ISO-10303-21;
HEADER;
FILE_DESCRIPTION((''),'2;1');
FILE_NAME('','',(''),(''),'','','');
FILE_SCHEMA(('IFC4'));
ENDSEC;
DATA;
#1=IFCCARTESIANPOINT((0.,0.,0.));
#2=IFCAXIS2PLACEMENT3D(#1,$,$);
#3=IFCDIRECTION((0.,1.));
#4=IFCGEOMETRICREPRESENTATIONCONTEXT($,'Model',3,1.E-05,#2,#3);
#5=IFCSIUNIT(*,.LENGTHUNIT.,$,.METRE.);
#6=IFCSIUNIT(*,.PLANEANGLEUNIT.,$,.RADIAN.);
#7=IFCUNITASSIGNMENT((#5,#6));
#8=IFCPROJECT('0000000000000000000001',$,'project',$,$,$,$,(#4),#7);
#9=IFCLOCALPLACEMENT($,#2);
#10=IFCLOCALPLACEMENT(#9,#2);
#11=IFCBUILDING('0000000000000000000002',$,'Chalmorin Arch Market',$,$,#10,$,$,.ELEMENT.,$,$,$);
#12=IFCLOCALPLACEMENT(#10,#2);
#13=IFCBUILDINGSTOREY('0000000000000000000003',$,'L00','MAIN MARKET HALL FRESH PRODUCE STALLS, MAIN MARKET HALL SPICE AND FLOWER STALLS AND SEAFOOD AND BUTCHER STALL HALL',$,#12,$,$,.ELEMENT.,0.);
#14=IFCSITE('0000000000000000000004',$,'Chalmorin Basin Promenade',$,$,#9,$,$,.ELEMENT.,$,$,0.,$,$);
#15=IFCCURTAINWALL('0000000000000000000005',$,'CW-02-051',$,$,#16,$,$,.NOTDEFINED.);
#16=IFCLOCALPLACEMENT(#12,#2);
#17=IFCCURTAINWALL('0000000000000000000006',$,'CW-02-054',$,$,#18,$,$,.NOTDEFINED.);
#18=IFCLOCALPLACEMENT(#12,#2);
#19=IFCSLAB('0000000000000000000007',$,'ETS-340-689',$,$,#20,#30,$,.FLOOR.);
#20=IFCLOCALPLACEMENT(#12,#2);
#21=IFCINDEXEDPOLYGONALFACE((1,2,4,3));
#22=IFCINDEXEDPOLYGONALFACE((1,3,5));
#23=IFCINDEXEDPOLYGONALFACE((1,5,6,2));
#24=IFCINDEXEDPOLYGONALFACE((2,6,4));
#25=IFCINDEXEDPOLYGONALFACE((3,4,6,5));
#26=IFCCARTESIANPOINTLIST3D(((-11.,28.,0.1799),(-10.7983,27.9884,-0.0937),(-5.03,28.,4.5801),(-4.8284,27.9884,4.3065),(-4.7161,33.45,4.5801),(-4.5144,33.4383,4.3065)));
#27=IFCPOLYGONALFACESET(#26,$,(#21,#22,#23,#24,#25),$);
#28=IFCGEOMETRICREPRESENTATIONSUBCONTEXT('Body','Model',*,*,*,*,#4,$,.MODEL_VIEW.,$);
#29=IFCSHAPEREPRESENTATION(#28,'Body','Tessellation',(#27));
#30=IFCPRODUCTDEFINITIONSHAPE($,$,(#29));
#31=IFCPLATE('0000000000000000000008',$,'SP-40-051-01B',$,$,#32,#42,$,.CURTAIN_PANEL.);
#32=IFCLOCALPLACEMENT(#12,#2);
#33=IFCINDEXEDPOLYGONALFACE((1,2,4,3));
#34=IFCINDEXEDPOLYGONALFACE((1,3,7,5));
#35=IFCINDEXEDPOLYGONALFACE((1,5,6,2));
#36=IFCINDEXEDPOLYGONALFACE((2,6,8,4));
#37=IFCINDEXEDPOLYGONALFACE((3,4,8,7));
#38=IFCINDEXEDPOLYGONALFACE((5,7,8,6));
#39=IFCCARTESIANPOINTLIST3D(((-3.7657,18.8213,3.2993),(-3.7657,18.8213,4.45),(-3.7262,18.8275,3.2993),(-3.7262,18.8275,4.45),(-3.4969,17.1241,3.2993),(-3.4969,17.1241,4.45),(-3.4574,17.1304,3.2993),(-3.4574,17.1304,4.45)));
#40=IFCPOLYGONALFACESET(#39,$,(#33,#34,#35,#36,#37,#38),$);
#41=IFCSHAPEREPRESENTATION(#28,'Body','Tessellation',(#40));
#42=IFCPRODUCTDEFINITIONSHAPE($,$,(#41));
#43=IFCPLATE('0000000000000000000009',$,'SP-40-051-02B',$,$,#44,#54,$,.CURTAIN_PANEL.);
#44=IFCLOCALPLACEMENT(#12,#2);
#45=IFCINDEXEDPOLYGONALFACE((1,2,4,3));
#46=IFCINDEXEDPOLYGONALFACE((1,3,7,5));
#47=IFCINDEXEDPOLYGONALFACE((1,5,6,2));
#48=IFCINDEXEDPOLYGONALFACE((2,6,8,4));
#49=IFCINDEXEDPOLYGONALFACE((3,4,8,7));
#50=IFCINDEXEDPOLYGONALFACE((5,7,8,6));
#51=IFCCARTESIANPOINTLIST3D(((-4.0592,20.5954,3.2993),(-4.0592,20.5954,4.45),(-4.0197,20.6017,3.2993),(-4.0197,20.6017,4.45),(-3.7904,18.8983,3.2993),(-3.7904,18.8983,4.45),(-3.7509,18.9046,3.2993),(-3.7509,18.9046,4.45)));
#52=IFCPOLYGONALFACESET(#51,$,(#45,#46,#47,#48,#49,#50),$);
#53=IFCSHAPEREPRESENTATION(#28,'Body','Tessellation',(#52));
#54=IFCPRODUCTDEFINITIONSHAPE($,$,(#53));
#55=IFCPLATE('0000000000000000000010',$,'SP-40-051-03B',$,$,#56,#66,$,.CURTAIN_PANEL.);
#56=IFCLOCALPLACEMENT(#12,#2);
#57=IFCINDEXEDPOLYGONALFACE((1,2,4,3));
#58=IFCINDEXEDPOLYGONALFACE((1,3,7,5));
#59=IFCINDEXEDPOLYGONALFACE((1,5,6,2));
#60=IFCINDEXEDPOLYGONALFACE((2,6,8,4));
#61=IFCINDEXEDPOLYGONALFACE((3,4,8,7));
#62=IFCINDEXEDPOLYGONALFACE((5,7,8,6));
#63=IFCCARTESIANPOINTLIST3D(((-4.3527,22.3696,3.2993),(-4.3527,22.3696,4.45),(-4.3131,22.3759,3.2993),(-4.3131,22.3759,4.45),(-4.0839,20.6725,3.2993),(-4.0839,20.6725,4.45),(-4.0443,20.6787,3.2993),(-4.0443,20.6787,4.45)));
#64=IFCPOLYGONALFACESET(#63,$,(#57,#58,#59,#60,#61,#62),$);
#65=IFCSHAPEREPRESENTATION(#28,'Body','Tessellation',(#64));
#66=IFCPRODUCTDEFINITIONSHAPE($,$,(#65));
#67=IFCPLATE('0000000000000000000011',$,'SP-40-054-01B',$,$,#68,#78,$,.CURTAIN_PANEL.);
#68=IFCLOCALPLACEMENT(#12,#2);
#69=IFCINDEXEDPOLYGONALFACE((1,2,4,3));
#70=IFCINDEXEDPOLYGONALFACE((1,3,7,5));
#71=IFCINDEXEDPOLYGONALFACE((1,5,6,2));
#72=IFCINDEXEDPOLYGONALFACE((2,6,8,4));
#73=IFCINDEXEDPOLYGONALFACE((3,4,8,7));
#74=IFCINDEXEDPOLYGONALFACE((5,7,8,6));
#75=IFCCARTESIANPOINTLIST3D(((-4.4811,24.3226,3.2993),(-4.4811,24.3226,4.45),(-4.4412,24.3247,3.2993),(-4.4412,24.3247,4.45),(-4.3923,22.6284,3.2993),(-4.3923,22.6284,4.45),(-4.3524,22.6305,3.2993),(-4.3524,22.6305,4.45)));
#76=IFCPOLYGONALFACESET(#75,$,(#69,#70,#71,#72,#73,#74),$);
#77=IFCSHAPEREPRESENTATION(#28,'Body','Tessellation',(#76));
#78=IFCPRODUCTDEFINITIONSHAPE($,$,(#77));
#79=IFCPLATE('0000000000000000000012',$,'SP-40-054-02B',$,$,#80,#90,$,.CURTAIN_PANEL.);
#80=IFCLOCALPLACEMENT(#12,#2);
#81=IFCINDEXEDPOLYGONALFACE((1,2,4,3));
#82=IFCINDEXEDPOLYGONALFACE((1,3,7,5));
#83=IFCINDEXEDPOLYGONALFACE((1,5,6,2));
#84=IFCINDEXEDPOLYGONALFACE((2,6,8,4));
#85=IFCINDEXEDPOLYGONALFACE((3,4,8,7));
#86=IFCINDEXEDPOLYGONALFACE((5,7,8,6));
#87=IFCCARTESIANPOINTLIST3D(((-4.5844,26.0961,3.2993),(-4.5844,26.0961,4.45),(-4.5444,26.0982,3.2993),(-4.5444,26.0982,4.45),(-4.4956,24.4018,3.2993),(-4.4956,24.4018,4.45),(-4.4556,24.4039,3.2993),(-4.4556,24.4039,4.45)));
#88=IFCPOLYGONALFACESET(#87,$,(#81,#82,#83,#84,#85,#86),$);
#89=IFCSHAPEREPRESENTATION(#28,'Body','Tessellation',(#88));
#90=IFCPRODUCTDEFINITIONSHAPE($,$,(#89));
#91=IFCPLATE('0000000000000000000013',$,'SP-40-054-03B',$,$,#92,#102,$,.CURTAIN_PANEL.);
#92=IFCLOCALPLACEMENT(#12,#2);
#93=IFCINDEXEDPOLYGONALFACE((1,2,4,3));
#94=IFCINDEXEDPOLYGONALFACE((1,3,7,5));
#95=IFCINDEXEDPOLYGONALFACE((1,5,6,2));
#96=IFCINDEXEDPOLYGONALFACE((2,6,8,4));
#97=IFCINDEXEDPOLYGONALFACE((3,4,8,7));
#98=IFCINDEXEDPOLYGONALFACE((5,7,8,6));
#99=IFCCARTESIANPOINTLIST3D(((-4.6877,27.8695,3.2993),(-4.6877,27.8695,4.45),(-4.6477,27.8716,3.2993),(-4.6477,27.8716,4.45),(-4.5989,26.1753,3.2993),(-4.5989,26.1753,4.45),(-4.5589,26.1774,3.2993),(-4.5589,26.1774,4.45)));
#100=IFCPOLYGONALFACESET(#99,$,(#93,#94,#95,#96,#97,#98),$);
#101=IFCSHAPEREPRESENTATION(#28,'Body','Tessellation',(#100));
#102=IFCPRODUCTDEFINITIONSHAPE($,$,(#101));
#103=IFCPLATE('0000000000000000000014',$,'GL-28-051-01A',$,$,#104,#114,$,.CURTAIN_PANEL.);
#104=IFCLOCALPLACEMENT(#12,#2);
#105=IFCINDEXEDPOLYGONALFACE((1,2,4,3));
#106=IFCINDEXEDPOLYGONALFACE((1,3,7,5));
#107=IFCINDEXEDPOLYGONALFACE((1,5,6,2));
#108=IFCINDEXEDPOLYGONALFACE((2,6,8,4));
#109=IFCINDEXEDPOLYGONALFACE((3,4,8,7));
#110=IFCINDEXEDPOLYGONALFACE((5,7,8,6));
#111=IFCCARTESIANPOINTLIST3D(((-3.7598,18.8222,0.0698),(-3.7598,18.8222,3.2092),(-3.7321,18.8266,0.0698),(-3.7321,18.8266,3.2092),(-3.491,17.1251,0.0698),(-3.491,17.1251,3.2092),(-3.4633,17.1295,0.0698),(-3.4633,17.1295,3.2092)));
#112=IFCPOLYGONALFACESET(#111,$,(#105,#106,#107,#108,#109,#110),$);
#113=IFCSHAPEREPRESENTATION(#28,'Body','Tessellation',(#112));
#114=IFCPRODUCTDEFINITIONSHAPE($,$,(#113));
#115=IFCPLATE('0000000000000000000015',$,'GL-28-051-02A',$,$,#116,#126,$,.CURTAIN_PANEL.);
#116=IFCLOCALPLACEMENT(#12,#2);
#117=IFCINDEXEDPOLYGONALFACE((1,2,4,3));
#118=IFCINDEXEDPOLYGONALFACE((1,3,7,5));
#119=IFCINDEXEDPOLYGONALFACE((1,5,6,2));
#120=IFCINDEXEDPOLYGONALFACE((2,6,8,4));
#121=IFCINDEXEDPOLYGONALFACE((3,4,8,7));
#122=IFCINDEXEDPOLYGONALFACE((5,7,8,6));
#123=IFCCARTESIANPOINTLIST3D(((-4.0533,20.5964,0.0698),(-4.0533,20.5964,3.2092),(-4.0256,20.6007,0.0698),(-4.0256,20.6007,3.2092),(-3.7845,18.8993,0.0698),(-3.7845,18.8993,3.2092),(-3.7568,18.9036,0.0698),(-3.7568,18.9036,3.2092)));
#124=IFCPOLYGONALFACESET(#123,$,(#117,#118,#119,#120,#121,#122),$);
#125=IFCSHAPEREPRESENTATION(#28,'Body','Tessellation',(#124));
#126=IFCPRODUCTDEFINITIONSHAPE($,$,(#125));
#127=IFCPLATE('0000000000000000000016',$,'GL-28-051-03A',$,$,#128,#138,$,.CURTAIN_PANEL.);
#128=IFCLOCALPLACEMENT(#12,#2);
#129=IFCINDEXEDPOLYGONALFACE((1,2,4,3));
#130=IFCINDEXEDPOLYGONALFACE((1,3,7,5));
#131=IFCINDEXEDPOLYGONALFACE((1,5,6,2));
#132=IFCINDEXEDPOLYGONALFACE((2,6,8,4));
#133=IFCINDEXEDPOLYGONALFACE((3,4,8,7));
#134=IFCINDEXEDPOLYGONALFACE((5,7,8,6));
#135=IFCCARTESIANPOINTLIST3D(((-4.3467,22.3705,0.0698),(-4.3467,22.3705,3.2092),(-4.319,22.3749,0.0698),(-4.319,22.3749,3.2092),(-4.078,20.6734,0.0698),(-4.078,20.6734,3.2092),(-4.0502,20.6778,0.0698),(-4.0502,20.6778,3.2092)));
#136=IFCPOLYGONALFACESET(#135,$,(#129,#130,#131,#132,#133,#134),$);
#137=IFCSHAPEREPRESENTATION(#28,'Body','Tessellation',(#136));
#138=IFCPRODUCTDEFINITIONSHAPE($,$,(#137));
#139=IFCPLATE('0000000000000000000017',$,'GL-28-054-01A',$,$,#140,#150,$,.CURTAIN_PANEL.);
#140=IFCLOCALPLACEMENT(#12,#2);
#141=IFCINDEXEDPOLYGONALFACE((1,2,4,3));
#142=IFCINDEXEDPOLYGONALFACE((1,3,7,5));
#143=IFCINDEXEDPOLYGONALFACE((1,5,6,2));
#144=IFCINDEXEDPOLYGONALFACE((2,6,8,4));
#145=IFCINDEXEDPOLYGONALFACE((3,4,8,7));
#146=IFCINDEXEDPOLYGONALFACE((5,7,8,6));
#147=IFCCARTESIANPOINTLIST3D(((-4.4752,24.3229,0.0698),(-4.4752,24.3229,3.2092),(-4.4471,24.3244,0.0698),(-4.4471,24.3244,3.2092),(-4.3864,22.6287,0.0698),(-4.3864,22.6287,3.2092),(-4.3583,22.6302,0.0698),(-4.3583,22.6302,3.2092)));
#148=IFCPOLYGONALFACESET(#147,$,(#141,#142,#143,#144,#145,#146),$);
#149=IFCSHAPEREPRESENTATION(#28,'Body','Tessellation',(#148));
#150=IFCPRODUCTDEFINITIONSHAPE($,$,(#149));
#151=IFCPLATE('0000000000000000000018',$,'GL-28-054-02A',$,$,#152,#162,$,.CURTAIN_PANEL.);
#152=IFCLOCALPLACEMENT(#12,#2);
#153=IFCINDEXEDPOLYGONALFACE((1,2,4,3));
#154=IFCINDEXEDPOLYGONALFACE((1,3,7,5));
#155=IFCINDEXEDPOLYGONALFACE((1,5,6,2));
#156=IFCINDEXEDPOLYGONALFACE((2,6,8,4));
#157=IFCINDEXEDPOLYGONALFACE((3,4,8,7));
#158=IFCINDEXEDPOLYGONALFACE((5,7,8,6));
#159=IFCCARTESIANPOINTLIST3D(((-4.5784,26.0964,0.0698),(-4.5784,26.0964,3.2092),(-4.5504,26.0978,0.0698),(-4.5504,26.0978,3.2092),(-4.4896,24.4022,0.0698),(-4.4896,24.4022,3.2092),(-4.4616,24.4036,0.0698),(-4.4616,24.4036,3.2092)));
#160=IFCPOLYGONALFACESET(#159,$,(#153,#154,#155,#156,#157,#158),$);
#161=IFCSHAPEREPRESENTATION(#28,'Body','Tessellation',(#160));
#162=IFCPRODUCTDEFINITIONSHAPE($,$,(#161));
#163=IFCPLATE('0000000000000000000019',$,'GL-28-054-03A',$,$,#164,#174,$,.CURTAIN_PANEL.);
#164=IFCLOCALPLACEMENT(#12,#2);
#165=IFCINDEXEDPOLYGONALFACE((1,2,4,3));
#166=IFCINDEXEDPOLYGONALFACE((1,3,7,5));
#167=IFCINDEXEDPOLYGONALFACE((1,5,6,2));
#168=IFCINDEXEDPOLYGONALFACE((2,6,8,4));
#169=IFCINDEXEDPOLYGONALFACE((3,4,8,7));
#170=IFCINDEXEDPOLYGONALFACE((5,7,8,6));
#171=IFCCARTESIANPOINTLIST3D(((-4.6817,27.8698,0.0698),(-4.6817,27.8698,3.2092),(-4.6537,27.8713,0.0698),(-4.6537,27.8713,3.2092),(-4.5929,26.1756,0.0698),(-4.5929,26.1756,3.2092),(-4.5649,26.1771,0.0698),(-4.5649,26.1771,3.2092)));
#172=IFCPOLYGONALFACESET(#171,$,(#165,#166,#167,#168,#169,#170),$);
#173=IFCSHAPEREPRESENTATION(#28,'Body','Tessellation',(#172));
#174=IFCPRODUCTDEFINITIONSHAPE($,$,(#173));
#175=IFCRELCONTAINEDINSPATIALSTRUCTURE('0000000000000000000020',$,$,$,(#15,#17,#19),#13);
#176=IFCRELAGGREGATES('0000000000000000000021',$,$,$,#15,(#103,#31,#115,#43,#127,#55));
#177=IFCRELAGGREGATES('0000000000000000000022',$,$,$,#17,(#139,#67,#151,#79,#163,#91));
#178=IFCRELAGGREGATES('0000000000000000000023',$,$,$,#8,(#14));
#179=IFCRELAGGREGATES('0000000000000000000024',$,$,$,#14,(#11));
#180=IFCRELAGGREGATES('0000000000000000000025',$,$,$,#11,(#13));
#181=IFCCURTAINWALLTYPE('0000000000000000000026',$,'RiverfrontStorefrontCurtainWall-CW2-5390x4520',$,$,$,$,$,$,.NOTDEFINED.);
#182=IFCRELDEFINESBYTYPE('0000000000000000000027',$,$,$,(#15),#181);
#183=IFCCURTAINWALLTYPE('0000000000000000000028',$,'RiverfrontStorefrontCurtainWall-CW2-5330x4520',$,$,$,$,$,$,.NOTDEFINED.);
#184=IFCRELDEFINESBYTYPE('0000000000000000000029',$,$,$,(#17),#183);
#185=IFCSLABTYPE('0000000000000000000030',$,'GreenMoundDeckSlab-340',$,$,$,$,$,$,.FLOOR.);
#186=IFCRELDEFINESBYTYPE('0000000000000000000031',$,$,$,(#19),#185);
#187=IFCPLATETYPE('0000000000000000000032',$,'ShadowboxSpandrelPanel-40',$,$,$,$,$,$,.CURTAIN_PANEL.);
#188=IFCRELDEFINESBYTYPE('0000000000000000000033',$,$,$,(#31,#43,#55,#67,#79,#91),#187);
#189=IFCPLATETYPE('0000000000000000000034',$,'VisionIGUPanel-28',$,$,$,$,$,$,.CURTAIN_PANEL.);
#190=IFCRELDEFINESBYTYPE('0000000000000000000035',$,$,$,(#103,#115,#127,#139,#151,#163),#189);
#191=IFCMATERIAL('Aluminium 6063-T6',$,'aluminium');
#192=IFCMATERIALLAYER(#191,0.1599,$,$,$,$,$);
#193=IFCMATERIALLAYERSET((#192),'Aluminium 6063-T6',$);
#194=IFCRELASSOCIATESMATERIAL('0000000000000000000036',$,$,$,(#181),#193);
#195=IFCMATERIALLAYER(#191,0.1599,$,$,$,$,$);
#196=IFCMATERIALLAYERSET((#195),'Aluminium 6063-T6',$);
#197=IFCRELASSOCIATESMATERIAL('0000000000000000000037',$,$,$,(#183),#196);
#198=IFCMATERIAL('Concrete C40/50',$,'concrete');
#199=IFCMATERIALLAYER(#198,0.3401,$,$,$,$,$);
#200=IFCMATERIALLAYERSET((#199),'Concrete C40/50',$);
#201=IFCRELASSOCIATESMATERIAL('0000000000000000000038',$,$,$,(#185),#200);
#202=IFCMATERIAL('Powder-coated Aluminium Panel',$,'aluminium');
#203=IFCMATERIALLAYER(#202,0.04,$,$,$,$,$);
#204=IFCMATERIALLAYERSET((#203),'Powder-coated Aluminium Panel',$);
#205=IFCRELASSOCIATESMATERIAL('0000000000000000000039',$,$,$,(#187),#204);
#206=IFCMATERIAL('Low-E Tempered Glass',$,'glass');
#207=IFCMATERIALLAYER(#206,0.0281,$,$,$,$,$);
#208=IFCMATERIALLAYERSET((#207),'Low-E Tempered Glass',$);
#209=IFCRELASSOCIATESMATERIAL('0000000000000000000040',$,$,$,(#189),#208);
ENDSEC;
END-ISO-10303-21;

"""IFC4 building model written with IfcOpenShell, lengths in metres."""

from ifc_helpers import new_model, si_unit, direction, frame, origin, origin_2d, place, context, subcontext, project, spatial, polyline, rectangle, outline, extrude, material, layer, layer_set, type_object, element, aggregate, save


model = new_model("IFC4")

# Units and contexts
model_context = context("Model", 3, precision=1e-05, world=origin(), true_north=direction((0.0, 1.0)))
body_context = subcontext(model_context, "Body", "Model", "MODEL_VIEW")
ifc_project = project(units=[si_unit("LENGTHUNIT", "METRE"), si_unit("PLANEANGLEUNIT", "RADIAN")], contexts=[model_context])

# Site, building, storey
site_placement = place(None, origin())
site = spatial("IfcSite", under=ifc_project, at=site_placement, Name="Chalmorin Basin Promenade", CompositionType="ELEMENT", RefElevation=0.0)
building_placement = place(site_placement, origin())
building = spatial("IfcBuilding", under=site, at=building_placement, Name="Chalmorin Arch Market", CompositionType="ELEMENT")
storey_placement = place(building_placement, origin())
storey = spatial("IfcBuildingStorey", under=building, at=storey_placement, Name="L00", Description="MAIN MARKET HALL FRESH PRODUCE STALLS, MAIN MARKET HALL SPICE AND FLOWER STALLS AND SEAFOOD AND BUTCHER STALL HALL", CompositionType="ELEMENT", Elevation=0.0)

# Curtain walls
ifc_material_1 = material(Name="Aluminium 6063-T6", Category="aluminium")
ifc_layer_1 = layer(ifc_material_1, 0.1599)
ifc_layer_set_1 = layer_set([ifc_layer_1], Name="Aluminium 6063-T6")
curtain_wall_type_1 = type_object("IfcCurtainWallType", Name="RiverfrontStorefrontCurtainWall-CW2-5390x4520", PredefinedType="NOTDEFINED", material=ifc_layer_set_1)
curtain_wall_1_placement = place(storey_placement, origin())
curtain_wall_1 = element("IfcCurtainWall", 1, at=curtain_wall_1_placement, inside=storey, type_object=curtain_wall_type_1, Name="CW-02-051", PredefinedType="NOTDEFINED")
ifc_layer_2 = layer(ifc_material_1, 0.1599)
ifc_layer_set_2 = layer_set([ifc_layer_2], Name="Aluminium 6063-T6")
curtain_wall_type_2 = type_object("IfcCurtainWallType", Name="RiverfrontStorefrontCurtainWall-CW2-5330x4520", PredefinedType="NOTDEFINED", material=ifc_layer_set_2)
curtain_wall_2_placement = place(storey_placement, origin())
curtain_wall_2 = element("IfcCurtainWall", 2, at=curtain_wall_2_placement, inside=storey, type_object=curtain_wall_type_2, Name="CW-02-054", PredefinedType="NOTDEFINED")

# Slab
ifc_material_2 = material(Name="Concrete C40/50", Category="concrete")
ifc_layer_3 = layer(ifc_material_2, 0.3401)
ifc_layer_set_3 = layer_set([ifc_layer_3], Name="Concrete C40/50")
slab_type = type_object("IfcSlabType", Name="GreenMoundDeckSlab-340", PredefinedType="FLOOR", material=ifc_layer_set_3)
slab_1_placement = place(storey_placement, frame((-5.03, 28.0, 4.5801), z_axis=(-0.592959, 0.03416, 0.804507), x_axis=(0.057513, 0.998345, 0.0)))
element("IfcSlab", 3, at=slab_1_placement, inside=storey, type_object=slab_type, Name="ETS-340-689", PredefinedType="FLOOR", context=body_context, shape_type="SweptSolid", body=[
    extrude(outline(polyline([(0.0, 0.0), (5.459, 0.0), (-0.3434, 7.4084), (0.0, 0.0)])), origin(), (0.0, 0.0, -1.0), 0.3401),
])

# Plates
ifc_material_3 = material(Name="Powder-coated Aluminium Panel", Category="aluminium")
ifc_layer_4 = layer(ifc_material_3, 0.04)
ifc_layer_set_4 = layer_set([ifc_layer_4], Name="Powder-coated Aluminium Panel")
plate_type_1 = type_object("IfcPlateType", Name="ShadowboxSpandrelPanel-40", PredefinedType="CURTAIN_PANEL", material=ifc_layer_set_4)
plate_1_placement = place(storey_placement, frame((-3.6116, 17.9758, 3.2993), z_axis=(0.0, 0.0, 1.0), x_axis=(-0.156434, 0.987688, 0.0)))
plate_1 = element("IfcPlate", 4, at=plate_1_placement, type_object=plate_type_1, Name="SP-40-051-01B", PredefinedType="CURTAIN_PANEL", context=body_context, shape_type="SweptSolid", body=[
    extrude(rectangle(XDim=1.7183, YDim=0.04, at=origin_2d()), origin(), (0.0, 0.0, 1.0), 1.1506),
])
plate_2_placement = place(storey_placement, frame((-3.905, 19.75, 3.2993), z_axis=(0.0, 0.0, 1.0), x_axis=(-0.156434, 0.987688, 0.0)))
plate_2 = element("IfcPlate", 5, at=plate_2_placement, type_object=plate_type_1, Name="SP-40-051-02B", PredefinedType="CURTAIN_PANEL", context=body_context, shape_type="SweptSolid", body=[
    extrude(rectangle(XDim=1.7183, YDim=0.04, at=origin_2d()), origin(), (0.0, 0.0, 1.0), 1.1506),
])
plate_3_placement = place(storey_placement, frame((-4.1985, 21.5242, 3.2993), z_axis=(0.0, 0.0, 1.0), x_axis=(-0.156434, 0.987688, 0.0)))
plate_3 = element("IfcPlate", 6, at=plate_3_placement, type_object=plate_type_1, Name="SP-40-051-03B", PredefinedType="CURTAIN_PANEL", context=body_context, shape_type="SweptSolid", body=[
    extrude(rectangle(XDim=1.7183, YDim=0.04, at=origin_2d()), origin(), (0.0, 0.0, 1.0), 1.1506),
])
plate_4_placement = place(storey_placement, frame((-4.4167, 23.4766, 3.2993), z_axis=(0.0, 0.0, 1.0), x_axis=(-0.052336, 0.99863, 0.0)))
plate_4 = element("IfcPlate", 7, at=plate_4_placement, type_object=plate_type_1, Name="SP-40-054-01B", PredefinedType="CURTAIN_PANEL", context=body_context, shape_type="SweptSolid", body=[
    extrude(rectangle(XDim=1.6965, YDim=0.04, at=origin_2d()), origin(), (0.0, 0.0, 1.0), 1.1506),
])
plate_5_placement = place(storey_placement, frame((-4.52, 25.25, 3.2993), z_axis=(0.0, 0.0, 1.0), x_axis=(-0.052336, 0.99863, 0.0)))
plate_5 = element("IfcPlate", 8, at=plate_5_placement, type_object=plate_type_1, Name="SP-40-054-02B", PredefinedType="CURTAIN_PANEL", context=body_context, shape_type="SweptSolid", body=[
    extrude(rectangle(XDim=1.6965, YDim=0.04, at=origin_2d()), origin(), (0.0, 0.0, 1.0), 1.1506),
])
plate_6_placement = place(storey_placement, frame((-4.6233, 27.0234, 3.2993), z_axis=(0.0, 0.0, 1.0), x_axis=(-0.052336, 0.99863, 0.0)))
plate_6 = element("IfcPlate", 9, at=plate_6_placement, type_object=plate_type_1, Name="SP-40-054-03B", PredefinedType="CURTAIN_PANEL", context=body_context, shape_type="SweptSolid", body=[
    extrude(rectangle(XDim=1.6965, YDim=0.04, at=origin_2d()), origin(), (0.0, 0.0, 1.0), 1.1506),
])
ifc_material_4 = material(Name="Low-E Tempered Glass", Category="glass")
ifc_layer_5 = layer(ifc_material_4, 0.0281)
ifc_layer_set_5 = layer_set([ifc_layer_5], Name="Low-E Tempered Glass")
plate_type_2 = type_object("IfcPlateType", Name="VisionIGUPanel-28", PredefinedType="CURTAIN_PANEL", material=ifc_layer_set_5)
plate_7_placement = place(storey_placement, frame((-3.6116, 17.9758, 0.0698), z_axis=(0.0, 0.0, 1.0), x_axis=(-0.156434, 0.987688, 0.0)))
plate_7 = element("IfcPlate", 10, at=plate_7_placement, type_object=plate_type_2, Name="GL-28-051-01A", PredefinedType="CURTAIN_PANEL", context=body_context, shape_type="SweptSolid", body=[
    extrude(rectangle(XDim=1.7183, YDim=0.0281, at=origin_2d()), origin(), (0.0, 0.0, 1.0), 3.1394),
])
plate_8_placement = place(storey_placement, frame((-3.905, 19.75, 0.0698), z_axis=(0.0, 0.0, 1.0), x_axis=(-0.156434, 0.987688, 0.0)))
plate_8 = element("IfcPlate", 11, at=plate_8_placement, type_object=plate_type_2, Name="GL-28-051-02A", PredefinedType="CURTAIN_PANEL", context=body_context, shape_type="SweptSolid", body=[
    extrude(rectangle(XDim=1.7183, YDim=0.0281, at=origin_2d()), origin(), (0.0, 0.0, 1.0), 3.1394),
])
plate_9_placement = place(storey_placement, frame((-4.1985, 21.5242, 0.0698), z_axis=(0.0, 0.0, 1.0), x_axis=(-0.156434, 0.987688, 0.0)))
plate_9 = element("IfcPlate", 12, at=plate_9_placement, type_object=plate_type_2, Name="GL-28-051-03A", PredefinedType="CURTAIN_PANEL", context=body_context, shape_type="SweptSolid", body=[
    extrude(rectangle(XDim=1.7183, YDim=0.0281, at=origin_2d()), origin(), (0.0, 0.0, 1.0), 3.1394),
])
aggregate(curtain_wall_1, [plate_7, plate_1, plate_8, plate_2, plate_9, plate_3])
plate_10_placement = place(storey_placement, frame((-4.4167, 23.4766, 0.0698), z_axis=(0.0, 0.0, 1.0), x_axis=(-0.052336, 0.99863, 0.0)))
plate_10 = element("IfcPlate", 13, at=plate_10_placement, type_object=plate_type_2, Name="GL-28-054-01A", PredefinedType="CURTAIN_PANEL", context=body_context, shape_type="SweptSolid", body=[
    extrude(rectangle(XDim=1.6965, YDim=0.0281, at=origin_2d()), origin(), (0.0, 0.0, 1.0), 3.1394),
])
plate_11_placement = place(storey_placement, frame((-4.52, 25.25, 0.0698), z_axis=(0.0, 0.0, 1.0), x_axis=(-0.052336, 0.99863, 0.0)))
plate_11 = element("IfcPlate", 14, at=plate_11_placement, type_object=plate_type_2, Name="GL-28-054-02A", PredefinedType="CURTAIN_PANEL", context=body_context, shape_type="SweptSolid", body=[
    extrude(rectangle(XDim=1.6965, YDim=0.0281, at=origin_2d()), origin(), (0.0, 0.0, 1.0), 3.1394),
])
plate_12_placement = place(storey_placement, frame((-4.6233, 27.0234, 0.0698), z_axis=(0.0, 0.0, 1.0), x_axis=(-0.052336, 0.99863, 0.0)))
plate_12 = element("IfcPlate", 15, at=plate_12_placement, type_object=plate_type_2, Name="GL-28-054-03A", PredefinedType="CURTAIN_PANEL", context=body_context, shape_type="SweptSolid", body=[
    extrude(rectangle(XDim=1.6965, YDim=0.0281, at=origin_2d()), origin(), (0.0, 0.0, 1.0), 3.1394),
])
aggregate(curtain_wall_2, [plate_10, plate_4, plate_11, plate_5, plate_12, plate_6])

save(model, "model.ifc")
